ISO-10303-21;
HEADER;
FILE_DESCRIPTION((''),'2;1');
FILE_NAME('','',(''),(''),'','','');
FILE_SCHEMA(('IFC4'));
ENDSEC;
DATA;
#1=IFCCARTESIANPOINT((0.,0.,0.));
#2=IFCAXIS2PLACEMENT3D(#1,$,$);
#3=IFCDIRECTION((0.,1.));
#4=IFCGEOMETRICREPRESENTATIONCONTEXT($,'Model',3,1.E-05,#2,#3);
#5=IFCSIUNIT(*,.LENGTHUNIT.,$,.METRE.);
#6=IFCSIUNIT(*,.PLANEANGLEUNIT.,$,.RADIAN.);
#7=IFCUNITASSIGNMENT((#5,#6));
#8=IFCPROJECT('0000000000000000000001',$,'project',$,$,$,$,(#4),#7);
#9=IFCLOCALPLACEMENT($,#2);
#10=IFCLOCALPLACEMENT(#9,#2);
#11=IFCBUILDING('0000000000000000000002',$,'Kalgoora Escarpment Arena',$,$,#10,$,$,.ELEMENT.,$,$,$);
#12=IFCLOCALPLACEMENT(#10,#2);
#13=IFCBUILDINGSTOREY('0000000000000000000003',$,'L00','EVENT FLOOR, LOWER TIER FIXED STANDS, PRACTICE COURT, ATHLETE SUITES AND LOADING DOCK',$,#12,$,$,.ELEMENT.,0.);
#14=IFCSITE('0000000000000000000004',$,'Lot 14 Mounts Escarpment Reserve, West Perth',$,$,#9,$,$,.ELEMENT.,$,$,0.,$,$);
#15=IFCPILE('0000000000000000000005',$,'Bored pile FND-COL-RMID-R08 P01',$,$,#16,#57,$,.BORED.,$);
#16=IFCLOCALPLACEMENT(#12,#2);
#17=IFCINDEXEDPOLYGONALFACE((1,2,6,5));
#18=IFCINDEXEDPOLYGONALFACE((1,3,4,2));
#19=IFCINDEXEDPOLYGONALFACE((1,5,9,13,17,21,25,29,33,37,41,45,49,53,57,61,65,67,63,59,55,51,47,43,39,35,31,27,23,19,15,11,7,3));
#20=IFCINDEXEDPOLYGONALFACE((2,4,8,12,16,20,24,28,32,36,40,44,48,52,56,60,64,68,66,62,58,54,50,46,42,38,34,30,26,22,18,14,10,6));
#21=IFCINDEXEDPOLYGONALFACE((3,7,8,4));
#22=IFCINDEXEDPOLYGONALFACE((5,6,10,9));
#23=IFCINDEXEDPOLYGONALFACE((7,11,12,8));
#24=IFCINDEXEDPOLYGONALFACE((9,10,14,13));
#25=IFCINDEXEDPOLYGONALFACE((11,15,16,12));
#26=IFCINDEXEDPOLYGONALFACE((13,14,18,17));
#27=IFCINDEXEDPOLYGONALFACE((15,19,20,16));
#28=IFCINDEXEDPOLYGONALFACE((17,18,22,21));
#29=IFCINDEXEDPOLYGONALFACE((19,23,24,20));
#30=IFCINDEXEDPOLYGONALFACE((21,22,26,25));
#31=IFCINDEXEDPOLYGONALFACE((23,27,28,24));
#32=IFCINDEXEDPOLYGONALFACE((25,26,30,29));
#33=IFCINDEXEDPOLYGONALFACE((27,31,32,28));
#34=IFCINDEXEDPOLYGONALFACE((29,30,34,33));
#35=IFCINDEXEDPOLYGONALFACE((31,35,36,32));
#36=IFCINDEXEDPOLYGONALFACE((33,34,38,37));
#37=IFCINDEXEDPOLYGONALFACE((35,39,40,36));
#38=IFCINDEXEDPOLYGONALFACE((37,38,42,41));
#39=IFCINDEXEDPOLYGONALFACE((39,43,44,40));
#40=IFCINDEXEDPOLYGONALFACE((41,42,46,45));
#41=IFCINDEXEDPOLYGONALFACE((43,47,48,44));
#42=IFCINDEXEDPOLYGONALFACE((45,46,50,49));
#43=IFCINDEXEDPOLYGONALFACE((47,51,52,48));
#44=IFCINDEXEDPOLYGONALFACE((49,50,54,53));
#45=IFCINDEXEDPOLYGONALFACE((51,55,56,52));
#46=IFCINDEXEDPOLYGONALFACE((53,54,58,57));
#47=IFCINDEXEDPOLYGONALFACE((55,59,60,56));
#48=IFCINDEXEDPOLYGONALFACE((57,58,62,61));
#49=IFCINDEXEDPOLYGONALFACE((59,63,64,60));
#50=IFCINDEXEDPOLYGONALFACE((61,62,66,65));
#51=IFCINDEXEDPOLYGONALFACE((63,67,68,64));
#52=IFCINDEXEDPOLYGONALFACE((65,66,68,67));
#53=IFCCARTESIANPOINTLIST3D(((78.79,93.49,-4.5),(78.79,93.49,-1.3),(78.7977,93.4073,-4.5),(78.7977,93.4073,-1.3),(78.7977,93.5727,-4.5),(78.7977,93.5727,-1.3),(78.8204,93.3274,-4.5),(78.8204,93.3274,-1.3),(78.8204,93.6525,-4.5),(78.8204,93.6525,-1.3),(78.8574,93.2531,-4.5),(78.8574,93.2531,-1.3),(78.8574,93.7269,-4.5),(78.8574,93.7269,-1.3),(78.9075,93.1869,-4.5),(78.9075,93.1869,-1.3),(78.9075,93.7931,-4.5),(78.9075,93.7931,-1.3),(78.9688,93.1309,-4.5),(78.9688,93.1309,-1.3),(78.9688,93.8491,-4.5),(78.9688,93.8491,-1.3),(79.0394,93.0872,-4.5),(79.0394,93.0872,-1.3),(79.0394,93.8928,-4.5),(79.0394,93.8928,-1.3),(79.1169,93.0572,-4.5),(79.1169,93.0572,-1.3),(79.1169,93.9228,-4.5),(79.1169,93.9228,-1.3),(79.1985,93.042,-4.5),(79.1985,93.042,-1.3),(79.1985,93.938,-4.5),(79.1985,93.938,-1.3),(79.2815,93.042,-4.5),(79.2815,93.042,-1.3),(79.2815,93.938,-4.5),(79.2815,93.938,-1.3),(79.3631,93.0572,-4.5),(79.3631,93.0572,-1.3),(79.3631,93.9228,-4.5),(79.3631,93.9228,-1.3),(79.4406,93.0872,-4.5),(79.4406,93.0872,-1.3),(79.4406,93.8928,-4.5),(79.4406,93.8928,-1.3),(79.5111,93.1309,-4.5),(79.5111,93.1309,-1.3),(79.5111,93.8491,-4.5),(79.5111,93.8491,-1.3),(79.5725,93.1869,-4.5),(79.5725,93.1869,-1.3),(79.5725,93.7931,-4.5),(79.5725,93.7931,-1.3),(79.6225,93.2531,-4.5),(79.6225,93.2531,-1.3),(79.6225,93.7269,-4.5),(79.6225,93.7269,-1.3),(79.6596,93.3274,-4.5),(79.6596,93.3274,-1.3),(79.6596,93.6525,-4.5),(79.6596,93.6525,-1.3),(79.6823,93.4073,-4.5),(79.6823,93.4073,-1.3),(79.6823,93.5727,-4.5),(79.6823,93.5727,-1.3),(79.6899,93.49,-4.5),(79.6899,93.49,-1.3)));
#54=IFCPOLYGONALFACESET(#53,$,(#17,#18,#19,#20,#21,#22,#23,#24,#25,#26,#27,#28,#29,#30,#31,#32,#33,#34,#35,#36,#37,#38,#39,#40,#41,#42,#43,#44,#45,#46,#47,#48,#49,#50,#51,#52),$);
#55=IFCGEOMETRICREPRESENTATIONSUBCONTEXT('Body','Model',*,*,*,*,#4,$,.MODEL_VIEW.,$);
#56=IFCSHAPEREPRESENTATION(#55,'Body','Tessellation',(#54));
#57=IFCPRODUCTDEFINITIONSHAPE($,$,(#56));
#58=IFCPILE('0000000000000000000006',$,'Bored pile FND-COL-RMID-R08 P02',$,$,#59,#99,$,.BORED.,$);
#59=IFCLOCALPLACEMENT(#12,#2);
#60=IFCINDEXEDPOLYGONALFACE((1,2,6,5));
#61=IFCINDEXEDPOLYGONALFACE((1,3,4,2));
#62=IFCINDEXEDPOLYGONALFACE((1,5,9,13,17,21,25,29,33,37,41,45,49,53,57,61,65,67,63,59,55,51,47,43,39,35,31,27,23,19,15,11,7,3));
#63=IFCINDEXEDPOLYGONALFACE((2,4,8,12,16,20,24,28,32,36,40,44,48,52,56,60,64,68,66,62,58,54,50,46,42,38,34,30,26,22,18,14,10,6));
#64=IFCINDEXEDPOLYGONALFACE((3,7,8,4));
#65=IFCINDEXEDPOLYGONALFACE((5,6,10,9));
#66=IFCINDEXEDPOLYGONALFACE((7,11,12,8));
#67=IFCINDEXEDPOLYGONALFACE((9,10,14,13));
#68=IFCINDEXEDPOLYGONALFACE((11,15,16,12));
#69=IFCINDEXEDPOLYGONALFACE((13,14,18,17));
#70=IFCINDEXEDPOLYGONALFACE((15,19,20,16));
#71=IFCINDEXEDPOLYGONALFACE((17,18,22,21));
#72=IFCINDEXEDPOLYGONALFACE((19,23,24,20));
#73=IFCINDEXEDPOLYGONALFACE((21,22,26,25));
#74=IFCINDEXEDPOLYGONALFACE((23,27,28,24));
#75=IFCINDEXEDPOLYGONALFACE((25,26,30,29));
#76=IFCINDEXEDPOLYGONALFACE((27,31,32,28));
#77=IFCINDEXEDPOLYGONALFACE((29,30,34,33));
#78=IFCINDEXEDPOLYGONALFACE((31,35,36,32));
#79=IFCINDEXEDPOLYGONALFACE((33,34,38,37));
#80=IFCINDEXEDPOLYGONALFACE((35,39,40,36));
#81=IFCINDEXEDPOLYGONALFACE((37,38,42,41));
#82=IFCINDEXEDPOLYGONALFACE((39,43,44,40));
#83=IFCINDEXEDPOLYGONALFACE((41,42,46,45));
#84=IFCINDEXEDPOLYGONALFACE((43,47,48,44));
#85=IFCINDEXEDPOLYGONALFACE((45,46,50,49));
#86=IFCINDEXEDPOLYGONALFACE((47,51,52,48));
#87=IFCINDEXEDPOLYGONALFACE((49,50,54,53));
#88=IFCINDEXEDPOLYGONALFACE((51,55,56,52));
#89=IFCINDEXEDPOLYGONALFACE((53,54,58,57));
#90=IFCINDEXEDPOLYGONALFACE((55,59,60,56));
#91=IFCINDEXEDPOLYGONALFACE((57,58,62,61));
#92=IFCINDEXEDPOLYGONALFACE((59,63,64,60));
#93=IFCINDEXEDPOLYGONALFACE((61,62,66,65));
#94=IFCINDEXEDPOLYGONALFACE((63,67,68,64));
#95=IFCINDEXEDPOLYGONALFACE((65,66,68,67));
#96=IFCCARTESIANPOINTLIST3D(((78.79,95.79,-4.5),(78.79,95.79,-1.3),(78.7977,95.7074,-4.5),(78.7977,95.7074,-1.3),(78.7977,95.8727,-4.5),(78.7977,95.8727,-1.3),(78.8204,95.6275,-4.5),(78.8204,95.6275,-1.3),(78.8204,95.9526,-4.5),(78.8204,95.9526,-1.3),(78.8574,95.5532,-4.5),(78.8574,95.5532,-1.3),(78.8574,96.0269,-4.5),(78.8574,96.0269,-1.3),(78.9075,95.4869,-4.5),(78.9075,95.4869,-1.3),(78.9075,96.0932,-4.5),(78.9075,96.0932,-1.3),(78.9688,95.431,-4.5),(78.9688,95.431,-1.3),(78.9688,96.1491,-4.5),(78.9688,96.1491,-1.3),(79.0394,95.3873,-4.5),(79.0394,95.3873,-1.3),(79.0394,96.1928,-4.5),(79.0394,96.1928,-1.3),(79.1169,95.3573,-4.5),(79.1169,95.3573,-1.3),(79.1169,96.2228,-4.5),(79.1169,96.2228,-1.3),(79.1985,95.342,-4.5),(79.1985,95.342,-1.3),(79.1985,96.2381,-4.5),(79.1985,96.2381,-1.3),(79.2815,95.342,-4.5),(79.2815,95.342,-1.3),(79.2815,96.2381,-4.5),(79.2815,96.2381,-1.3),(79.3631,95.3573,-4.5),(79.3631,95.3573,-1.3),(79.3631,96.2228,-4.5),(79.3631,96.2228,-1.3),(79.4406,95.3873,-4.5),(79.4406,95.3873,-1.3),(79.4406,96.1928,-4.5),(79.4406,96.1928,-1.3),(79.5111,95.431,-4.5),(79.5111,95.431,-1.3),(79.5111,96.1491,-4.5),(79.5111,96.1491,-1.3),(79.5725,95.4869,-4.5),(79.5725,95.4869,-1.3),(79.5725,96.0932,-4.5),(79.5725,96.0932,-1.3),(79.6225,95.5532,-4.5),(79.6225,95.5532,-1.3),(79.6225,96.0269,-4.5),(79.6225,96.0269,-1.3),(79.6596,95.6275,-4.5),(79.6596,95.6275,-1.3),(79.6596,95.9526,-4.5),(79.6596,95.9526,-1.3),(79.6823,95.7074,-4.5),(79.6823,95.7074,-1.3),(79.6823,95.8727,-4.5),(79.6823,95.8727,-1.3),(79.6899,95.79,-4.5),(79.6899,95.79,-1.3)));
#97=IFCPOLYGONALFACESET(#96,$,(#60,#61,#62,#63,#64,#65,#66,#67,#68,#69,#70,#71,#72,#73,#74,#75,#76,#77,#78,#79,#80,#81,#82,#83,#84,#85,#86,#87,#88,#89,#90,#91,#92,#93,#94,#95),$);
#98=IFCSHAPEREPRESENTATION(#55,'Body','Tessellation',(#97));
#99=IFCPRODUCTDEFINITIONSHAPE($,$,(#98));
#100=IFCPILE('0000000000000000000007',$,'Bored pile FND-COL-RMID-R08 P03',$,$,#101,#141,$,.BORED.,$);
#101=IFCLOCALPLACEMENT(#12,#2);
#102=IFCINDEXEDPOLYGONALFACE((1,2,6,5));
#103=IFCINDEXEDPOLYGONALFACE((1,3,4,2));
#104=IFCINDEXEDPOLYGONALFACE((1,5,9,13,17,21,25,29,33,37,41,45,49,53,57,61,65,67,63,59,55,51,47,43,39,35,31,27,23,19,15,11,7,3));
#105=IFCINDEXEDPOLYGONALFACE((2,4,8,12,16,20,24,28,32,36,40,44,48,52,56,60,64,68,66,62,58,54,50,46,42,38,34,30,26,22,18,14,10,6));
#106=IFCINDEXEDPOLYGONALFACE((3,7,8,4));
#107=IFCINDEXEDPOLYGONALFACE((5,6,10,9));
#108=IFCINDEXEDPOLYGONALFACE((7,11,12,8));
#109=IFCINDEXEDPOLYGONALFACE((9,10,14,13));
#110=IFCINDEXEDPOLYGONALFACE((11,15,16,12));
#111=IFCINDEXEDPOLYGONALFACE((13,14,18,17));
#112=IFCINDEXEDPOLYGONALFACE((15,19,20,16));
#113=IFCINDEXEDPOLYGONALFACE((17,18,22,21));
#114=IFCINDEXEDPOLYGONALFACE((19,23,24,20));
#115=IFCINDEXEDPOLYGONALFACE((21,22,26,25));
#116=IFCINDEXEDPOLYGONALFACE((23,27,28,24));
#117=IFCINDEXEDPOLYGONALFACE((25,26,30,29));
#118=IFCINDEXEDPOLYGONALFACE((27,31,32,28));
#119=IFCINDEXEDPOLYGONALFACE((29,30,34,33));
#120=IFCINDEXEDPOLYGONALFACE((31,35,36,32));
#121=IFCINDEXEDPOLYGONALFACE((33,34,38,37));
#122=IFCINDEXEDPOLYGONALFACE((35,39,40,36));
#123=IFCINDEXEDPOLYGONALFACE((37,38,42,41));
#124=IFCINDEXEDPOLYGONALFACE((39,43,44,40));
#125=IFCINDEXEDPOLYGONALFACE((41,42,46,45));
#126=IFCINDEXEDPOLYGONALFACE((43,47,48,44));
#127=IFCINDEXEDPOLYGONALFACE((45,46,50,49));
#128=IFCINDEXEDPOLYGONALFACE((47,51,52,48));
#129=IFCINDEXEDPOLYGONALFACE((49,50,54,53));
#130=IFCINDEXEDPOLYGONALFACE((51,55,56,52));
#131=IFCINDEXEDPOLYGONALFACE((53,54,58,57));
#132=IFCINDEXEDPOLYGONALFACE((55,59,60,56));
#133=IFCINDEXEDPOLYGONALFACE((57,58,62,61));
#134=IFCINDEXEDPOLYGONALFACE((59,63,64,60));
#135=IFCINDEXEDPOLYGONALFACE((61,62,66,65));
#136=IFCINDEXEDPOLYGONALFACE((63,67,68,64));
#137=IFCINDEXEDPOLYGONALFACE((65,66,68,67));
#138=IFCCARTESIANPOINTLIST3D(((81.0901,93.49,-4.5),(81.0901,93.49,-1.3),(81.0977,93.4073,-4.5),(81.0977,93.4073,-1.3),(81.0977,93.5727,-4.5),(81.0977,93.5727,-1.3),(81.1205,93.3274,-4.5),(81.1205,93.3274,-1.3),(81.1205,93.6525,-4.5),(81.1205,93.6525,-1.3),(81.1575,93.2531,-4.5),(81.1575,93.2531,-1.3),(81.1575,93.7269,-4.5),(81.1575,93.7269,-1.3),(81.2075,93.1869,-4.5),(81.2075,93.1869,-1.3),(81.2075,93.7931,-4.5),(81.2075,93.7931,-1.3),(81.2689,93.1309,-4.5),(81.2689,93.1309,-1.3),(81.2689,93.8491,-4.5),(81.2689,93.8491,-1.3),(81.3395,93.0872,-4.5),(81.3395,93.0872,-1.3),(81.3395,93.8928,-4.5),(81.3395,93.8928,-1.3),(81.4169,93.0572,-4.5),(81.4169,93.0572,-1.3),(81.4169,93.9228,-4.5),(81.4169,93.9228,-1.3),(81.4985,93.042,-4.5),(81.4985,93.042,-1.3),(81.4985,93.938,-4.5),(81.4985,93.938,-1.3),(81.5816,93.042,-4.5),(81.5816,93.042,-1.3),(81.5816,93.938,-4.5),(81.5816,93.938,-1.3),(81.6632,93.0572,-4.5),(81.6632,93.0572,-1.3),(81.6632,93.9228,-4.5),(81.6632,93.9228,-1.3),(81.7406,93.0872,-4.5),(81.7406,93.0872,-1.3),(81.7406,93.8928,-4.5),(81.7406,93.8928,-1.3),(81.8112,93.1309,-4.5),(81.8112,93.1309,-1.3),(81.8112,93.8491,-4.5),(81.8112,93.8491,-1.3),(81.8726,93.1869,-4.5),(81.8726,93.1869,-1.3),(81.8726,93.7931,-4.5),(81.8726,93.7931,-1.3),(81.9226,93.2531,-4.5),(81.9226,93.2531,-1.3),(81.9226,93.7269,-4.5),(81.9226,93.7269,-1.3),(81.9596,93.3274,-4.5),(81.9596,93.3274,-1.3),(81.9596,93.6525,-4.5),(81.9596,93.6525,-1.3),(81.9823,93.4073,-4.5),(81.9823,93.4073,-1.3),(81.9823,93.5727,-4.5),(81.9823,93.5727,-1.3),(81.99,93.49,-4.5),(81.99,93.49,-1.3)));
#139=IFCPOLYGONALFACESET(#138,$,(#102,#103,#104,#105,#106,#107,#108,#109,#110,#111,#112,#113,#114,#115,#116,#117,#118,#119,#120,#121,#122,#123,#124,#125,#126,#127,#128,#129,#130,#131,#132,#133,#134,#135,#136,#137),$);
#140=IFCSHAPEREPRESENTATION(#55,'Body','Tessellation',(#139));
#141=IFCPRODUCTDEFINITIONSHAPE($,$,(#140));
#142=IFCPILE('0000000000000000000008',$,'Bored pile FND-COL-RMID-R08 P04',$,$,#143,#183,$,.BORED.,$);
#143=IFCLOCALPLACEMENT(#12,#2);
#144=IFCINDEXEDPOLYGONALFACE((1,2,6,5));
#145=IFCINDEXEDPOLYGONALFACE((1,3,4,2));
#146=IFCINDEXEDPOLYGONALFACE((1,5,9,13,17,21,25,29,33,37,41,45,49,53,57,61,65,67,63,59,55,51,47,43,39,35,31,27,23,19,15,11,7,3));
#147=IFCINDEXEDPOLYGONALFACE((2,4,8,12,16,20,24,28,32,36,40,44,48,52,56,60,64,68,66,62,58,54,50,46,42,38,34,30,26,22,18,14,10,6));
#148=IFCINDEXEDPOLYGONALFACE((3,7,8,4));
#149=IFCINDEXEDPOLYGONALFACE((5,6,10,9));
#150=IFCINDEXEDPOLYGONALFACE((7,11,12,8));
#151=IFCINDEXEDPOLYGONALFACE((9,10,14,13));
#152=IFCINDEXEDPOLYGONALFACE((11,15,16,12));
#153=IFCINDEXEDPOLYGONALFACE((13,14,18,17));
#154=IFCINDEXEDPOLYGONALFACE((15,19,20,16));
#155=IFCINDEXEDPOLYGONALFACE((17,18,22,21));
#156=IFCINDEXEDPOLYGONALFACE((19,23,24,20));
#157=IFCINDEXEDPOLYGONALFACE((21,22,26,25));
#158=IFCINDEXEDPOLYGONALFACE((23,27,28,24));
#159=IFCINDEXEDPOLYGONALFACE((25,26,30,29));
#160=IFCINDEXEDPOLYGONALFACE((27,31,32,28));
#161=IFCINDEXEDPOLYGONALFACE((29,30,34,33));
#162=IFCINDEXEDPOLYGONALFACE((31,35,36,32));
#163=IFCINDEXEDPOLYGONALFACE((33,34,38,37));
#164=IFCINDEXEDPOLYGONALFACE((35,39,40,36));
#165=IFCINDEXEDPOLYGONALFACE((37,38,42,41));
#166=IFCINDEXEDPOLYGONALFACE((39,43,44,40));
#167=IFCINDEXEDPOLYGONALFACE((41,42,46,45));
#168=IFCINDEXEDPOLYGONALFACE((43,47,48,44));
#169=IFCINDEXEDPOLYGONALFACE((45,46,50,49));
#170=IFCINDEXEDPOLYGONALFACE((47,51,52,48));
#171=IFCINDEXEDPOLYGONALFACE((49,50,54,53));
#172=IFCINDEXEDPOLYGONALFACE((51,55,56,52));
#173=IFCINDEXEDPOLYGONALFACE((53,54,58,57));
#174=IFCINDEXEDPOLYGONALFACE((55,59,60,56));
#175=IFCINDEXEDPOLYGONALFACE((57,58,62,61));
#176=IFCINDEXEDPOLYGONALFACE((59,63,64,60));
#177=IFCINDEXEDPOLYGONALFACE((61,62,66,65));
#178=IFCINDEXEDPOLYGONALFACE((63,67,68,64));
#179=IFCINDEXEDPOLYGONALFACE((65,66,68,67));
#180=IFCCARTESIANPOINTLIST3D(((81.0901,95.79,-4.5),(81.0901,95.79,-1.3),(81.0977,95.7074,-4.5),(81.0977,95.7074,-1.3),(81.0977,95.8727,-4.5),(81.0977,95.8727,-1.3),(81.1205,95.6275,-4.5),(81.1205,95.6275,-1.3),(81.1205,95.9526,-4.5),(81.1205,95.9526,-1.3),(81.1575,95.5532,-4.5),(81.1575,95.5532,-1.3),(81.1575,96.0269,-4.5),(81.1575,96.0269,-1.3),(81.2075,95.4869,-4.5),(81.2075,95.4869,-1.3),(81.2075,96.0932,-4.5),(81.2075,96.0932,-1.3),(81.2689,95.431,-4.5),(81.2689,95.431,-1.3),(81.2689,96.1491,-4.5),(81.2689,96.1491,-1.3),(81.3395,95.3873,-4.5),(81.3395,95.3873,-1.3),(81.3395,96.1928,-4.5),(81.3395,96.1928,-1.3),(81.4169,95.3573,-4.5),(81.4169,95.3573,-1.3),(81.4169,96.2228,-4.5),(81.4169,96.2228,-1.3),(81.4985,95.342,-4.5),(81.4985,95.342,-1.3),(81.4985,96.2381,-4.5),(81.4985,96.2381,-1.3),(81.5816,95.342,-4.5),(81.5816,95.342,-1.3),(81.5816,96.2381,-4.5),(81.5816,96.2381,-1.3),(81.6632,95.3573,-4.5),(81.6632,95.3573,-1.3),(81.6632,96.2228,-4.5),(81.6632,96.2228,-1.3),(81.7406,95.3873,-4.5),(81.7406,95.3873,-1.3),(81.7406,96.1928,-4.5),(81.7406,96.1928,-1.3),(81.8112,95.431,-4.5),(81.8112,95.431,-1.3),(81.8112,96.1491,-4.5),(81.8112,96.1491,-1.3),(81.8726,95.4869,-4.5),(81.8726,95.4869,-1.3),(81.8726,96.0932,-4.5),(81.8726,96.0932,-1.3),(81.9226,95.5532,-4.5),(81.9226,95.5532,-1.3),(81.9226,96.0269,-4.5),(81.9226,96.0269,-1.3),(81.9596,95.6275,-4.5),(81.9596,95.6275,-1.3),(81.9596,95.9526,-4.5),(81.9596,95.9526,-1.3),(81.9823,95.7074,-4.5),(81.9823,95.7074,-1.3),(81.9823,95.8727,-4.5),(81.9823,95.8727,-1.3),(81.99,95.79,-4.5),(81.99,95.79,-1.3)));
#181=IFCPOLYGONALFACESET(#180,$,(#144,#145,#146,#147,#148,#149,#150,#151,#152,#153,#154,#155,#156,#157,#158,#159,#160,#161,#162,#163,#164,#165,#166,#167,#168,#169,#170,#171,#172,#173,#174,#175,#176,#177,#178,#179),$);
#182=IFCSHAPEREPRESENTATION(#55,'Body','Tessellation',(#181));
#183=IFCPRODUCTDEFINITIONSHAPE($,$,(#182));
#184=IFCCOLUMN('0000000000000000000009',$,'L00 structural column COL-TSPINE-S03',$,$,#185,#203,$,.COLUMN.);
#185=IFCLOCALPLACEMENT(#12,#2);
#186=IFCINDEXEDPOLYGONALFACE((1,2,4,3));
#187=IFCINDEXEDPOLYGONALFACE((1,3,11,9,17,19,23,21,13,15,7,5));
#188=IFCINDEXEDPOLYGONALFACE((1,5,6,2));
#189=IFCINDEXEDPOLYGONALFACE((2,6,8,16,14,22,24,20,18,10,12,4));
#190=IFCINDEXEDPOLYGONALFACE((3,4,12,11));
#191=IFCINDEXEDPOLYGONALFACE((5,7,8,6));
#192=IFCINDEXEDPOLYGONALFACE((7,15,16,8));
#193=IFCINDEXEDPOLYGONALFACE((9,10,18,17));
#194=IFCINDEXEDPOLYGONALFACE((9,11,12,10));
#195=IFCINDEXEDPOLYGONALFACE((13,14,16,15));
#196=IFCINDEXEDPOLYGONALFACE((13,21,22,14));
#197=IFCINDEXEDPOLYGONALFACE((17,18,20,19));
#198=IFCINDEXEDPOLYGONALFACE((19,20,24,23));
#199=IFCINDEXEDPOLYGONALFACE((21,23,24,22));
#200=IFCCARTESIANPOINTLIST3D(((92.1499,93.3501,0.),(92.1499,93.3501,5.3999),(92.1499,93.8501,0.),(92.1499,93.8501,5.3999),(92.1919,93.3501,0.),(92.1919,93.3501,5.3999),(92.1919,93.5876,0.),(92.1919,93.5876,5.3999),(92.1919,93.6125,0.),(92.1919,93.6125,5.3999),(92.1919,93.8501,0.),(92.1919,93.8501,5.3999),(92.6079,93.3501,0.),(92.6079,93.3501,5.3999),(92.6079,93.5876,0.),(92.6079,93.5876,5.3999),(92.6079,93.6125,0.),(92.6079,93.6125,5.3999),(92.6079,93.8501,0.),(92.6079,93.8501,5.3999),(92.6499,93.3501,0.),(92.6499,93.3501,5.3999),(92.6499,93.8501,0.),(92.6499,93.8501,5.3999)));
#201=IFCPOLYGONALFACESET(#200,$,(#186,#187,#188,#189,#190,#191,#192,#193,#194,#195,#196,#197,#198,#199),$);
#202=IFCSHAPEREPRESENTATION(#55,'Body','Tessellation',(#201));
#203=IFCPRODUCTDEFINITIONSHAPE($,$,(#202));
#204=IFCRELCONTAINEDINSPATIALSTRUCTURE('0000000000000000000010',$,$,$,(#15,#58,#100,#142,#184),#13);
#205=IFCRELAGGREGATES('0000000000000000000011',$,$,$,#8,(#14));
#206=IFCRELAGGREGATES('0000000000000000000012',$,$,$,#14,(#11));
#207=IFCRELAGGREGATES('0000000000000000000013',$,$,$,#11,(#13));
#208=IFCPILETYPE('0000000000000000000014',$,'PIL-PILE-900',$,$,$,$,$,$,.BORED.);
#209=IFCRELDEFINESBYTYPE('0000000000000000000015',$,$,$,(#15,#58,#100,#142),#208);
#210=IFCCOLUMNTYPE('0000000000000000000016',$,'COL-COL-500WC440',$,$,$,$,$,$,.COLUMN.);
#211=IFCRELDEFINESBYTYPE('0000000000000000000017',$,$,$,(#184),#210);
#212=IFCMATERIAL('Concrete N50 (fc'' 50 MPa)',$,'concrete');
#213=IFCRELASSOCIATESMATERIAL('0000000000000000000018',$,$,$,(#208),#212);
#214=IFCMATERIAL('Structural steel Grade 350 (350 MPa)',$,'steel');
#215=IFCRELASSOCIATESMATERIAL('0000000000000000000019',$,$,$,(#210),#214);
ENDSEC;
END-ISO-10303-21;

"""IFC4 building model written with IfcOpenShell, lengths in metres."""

from ifc_helpers import new_model, si_unit, direction, frame, origin, origin_2d, place, context, subcontext, project, spatial, circle, i_section, extrude, material, material_profile, profile_set, type_object, element, save


model = new_model("IFC4")

# Units and contexts
model_context = context("Model", 3, precision=1e-05, world=origin(), true_north=direction((0.0, 1.0)))
body_context = subcontext(model_context, "Body", "Model", "MODEL_VIEW")
ifc_project = project(units=[si_unit("LENGTHUNIT", "METRE"), si_unit("PLANEANGLEUNIT", "RADIAN")], contexts=[model_context])

# Site, building, storey
site_placement = place(None, origin())
site = spatial("IfcSite", under=ifc_project, at=site_placement, Name="Lot 14 Mounts Escarpment Reserve, West Perth", CompositionType="ELEMENT", RefElevation=0.0)
building_placement = place(site_placement, origin())
building = spatial("IfcBuilding", under=site, at=building_placement, Name="Kalgoora Escarpment Arena", CompositionType="ELEMENT")
storey_placement = place(building_placement, origin())
storey = spatial("IfcBuildingStorey", under=building, at=storey_placement, Name="L00", Description="EVENT FLOOR, LOWER TIER FIXED STANDS, PRACTICE COURT, ATHLETE SUITES AND LOADING DOCK", CompositionType="ELEMENT", Elevation=0.0)

# Piles
ifc_material_1 = material(Name="Concrete N50 (fc' 50 MPa)", Category="concrete")
ifc_material_profile_1 = material_profile(ifc_material_1, circle(Radius=0.45, at=origin_2d()))
ifc_profile_set_1 = profile_set([ifc_material_profile_1], Name="Concrete N50 (fc' 50 MPa)")
pile_type = type_object("IfcPileType", Name="PIL-PILE-900", PredefinedType="BORED", material=ifc_profile_set_1)
for number, where, z_axis, x_axis, name in (
    (1, (79.24, 93.49, -1.3), (0.0, 0.0, -1.0), (1.0, 0.0, 0.0), "Bored pile FND-COL-RMID-R08 P01"),
    (2, (79.24, 95.79, -1.3), (0.0, 0.0, -1.0), (1.0, 0.0, 0.0), "Bored pile FND-COL-RMID-R08 P02"),
    (3, (81.54, 93.49, -1.3), (0.0, 0.0, -1.0), (1.0, 0.0, 0.0), "Bored pile FND-COL-RMID-R08 P03"),
    (4, (81.54, 95.79, -1.3), (0.0, 0.0, -1.0), (1.0, 0.0, 0.0), "Bored pile FND-COL-RMID-R08 P04"),
):
    element("IfcPile", number, at=place(storey_placement, frame(where, z_axis=z_axis, x_axis=x_axis)), inside=storey, type_object=pile_type, Name=name, PredefinedType="BORED", context=body_context, shape_type="SweptSolid", body=[
        extrude(circle(Radius=0.45, at=origin_2d()), origin(), (0.0, 0.0, 1.0), 3.2),
    ])

# Column
ifc_material_2 = material(Name="Structural steel Grade 350 (350 MPa)", Category="steel")
ifc_material_profile_2 = material_profile(ifc_material_2, i_section(OverallWidth=0.5, OverallDepth=0.5, WebThickness=0.0249, FlangeThickness=0.042, at=origin_2d()))
ifc_profile_set_2 = profile_set([ifc_material_profile_2], Name="Structural steel Grade 350 (350 MPa)")
column_type_1 = type_object("IfcColumnType", Name="COL-COL-500WC440", PredefinedType="COLUMN", material=ifc_profile_set_2)
column_placement = place(storey_placement, frame((92.3999, 93.6001, 0.0), z_axis=(0.0, 0.0, 1.0), x_axis=(0.0, 1.0, 0.0)))
element("IfcColumn", 5, at=column_placement, inside=storey, type_object=column_type_1, Name="L00 structural column COL-TSPINE-S03", PredefinedType="COLUMN", context=body_context, shape_type="SweptSolid", body=[
    extrude(i_section(OverallWidth=0.5, OverallDepth=0.5, WebThickness=0.0249, FlangeThickness=0.042, at=origin_2d()), origin(), (0.0, 0.0, 1.0), 5.3999),
])

save(model, "model.ifc")
